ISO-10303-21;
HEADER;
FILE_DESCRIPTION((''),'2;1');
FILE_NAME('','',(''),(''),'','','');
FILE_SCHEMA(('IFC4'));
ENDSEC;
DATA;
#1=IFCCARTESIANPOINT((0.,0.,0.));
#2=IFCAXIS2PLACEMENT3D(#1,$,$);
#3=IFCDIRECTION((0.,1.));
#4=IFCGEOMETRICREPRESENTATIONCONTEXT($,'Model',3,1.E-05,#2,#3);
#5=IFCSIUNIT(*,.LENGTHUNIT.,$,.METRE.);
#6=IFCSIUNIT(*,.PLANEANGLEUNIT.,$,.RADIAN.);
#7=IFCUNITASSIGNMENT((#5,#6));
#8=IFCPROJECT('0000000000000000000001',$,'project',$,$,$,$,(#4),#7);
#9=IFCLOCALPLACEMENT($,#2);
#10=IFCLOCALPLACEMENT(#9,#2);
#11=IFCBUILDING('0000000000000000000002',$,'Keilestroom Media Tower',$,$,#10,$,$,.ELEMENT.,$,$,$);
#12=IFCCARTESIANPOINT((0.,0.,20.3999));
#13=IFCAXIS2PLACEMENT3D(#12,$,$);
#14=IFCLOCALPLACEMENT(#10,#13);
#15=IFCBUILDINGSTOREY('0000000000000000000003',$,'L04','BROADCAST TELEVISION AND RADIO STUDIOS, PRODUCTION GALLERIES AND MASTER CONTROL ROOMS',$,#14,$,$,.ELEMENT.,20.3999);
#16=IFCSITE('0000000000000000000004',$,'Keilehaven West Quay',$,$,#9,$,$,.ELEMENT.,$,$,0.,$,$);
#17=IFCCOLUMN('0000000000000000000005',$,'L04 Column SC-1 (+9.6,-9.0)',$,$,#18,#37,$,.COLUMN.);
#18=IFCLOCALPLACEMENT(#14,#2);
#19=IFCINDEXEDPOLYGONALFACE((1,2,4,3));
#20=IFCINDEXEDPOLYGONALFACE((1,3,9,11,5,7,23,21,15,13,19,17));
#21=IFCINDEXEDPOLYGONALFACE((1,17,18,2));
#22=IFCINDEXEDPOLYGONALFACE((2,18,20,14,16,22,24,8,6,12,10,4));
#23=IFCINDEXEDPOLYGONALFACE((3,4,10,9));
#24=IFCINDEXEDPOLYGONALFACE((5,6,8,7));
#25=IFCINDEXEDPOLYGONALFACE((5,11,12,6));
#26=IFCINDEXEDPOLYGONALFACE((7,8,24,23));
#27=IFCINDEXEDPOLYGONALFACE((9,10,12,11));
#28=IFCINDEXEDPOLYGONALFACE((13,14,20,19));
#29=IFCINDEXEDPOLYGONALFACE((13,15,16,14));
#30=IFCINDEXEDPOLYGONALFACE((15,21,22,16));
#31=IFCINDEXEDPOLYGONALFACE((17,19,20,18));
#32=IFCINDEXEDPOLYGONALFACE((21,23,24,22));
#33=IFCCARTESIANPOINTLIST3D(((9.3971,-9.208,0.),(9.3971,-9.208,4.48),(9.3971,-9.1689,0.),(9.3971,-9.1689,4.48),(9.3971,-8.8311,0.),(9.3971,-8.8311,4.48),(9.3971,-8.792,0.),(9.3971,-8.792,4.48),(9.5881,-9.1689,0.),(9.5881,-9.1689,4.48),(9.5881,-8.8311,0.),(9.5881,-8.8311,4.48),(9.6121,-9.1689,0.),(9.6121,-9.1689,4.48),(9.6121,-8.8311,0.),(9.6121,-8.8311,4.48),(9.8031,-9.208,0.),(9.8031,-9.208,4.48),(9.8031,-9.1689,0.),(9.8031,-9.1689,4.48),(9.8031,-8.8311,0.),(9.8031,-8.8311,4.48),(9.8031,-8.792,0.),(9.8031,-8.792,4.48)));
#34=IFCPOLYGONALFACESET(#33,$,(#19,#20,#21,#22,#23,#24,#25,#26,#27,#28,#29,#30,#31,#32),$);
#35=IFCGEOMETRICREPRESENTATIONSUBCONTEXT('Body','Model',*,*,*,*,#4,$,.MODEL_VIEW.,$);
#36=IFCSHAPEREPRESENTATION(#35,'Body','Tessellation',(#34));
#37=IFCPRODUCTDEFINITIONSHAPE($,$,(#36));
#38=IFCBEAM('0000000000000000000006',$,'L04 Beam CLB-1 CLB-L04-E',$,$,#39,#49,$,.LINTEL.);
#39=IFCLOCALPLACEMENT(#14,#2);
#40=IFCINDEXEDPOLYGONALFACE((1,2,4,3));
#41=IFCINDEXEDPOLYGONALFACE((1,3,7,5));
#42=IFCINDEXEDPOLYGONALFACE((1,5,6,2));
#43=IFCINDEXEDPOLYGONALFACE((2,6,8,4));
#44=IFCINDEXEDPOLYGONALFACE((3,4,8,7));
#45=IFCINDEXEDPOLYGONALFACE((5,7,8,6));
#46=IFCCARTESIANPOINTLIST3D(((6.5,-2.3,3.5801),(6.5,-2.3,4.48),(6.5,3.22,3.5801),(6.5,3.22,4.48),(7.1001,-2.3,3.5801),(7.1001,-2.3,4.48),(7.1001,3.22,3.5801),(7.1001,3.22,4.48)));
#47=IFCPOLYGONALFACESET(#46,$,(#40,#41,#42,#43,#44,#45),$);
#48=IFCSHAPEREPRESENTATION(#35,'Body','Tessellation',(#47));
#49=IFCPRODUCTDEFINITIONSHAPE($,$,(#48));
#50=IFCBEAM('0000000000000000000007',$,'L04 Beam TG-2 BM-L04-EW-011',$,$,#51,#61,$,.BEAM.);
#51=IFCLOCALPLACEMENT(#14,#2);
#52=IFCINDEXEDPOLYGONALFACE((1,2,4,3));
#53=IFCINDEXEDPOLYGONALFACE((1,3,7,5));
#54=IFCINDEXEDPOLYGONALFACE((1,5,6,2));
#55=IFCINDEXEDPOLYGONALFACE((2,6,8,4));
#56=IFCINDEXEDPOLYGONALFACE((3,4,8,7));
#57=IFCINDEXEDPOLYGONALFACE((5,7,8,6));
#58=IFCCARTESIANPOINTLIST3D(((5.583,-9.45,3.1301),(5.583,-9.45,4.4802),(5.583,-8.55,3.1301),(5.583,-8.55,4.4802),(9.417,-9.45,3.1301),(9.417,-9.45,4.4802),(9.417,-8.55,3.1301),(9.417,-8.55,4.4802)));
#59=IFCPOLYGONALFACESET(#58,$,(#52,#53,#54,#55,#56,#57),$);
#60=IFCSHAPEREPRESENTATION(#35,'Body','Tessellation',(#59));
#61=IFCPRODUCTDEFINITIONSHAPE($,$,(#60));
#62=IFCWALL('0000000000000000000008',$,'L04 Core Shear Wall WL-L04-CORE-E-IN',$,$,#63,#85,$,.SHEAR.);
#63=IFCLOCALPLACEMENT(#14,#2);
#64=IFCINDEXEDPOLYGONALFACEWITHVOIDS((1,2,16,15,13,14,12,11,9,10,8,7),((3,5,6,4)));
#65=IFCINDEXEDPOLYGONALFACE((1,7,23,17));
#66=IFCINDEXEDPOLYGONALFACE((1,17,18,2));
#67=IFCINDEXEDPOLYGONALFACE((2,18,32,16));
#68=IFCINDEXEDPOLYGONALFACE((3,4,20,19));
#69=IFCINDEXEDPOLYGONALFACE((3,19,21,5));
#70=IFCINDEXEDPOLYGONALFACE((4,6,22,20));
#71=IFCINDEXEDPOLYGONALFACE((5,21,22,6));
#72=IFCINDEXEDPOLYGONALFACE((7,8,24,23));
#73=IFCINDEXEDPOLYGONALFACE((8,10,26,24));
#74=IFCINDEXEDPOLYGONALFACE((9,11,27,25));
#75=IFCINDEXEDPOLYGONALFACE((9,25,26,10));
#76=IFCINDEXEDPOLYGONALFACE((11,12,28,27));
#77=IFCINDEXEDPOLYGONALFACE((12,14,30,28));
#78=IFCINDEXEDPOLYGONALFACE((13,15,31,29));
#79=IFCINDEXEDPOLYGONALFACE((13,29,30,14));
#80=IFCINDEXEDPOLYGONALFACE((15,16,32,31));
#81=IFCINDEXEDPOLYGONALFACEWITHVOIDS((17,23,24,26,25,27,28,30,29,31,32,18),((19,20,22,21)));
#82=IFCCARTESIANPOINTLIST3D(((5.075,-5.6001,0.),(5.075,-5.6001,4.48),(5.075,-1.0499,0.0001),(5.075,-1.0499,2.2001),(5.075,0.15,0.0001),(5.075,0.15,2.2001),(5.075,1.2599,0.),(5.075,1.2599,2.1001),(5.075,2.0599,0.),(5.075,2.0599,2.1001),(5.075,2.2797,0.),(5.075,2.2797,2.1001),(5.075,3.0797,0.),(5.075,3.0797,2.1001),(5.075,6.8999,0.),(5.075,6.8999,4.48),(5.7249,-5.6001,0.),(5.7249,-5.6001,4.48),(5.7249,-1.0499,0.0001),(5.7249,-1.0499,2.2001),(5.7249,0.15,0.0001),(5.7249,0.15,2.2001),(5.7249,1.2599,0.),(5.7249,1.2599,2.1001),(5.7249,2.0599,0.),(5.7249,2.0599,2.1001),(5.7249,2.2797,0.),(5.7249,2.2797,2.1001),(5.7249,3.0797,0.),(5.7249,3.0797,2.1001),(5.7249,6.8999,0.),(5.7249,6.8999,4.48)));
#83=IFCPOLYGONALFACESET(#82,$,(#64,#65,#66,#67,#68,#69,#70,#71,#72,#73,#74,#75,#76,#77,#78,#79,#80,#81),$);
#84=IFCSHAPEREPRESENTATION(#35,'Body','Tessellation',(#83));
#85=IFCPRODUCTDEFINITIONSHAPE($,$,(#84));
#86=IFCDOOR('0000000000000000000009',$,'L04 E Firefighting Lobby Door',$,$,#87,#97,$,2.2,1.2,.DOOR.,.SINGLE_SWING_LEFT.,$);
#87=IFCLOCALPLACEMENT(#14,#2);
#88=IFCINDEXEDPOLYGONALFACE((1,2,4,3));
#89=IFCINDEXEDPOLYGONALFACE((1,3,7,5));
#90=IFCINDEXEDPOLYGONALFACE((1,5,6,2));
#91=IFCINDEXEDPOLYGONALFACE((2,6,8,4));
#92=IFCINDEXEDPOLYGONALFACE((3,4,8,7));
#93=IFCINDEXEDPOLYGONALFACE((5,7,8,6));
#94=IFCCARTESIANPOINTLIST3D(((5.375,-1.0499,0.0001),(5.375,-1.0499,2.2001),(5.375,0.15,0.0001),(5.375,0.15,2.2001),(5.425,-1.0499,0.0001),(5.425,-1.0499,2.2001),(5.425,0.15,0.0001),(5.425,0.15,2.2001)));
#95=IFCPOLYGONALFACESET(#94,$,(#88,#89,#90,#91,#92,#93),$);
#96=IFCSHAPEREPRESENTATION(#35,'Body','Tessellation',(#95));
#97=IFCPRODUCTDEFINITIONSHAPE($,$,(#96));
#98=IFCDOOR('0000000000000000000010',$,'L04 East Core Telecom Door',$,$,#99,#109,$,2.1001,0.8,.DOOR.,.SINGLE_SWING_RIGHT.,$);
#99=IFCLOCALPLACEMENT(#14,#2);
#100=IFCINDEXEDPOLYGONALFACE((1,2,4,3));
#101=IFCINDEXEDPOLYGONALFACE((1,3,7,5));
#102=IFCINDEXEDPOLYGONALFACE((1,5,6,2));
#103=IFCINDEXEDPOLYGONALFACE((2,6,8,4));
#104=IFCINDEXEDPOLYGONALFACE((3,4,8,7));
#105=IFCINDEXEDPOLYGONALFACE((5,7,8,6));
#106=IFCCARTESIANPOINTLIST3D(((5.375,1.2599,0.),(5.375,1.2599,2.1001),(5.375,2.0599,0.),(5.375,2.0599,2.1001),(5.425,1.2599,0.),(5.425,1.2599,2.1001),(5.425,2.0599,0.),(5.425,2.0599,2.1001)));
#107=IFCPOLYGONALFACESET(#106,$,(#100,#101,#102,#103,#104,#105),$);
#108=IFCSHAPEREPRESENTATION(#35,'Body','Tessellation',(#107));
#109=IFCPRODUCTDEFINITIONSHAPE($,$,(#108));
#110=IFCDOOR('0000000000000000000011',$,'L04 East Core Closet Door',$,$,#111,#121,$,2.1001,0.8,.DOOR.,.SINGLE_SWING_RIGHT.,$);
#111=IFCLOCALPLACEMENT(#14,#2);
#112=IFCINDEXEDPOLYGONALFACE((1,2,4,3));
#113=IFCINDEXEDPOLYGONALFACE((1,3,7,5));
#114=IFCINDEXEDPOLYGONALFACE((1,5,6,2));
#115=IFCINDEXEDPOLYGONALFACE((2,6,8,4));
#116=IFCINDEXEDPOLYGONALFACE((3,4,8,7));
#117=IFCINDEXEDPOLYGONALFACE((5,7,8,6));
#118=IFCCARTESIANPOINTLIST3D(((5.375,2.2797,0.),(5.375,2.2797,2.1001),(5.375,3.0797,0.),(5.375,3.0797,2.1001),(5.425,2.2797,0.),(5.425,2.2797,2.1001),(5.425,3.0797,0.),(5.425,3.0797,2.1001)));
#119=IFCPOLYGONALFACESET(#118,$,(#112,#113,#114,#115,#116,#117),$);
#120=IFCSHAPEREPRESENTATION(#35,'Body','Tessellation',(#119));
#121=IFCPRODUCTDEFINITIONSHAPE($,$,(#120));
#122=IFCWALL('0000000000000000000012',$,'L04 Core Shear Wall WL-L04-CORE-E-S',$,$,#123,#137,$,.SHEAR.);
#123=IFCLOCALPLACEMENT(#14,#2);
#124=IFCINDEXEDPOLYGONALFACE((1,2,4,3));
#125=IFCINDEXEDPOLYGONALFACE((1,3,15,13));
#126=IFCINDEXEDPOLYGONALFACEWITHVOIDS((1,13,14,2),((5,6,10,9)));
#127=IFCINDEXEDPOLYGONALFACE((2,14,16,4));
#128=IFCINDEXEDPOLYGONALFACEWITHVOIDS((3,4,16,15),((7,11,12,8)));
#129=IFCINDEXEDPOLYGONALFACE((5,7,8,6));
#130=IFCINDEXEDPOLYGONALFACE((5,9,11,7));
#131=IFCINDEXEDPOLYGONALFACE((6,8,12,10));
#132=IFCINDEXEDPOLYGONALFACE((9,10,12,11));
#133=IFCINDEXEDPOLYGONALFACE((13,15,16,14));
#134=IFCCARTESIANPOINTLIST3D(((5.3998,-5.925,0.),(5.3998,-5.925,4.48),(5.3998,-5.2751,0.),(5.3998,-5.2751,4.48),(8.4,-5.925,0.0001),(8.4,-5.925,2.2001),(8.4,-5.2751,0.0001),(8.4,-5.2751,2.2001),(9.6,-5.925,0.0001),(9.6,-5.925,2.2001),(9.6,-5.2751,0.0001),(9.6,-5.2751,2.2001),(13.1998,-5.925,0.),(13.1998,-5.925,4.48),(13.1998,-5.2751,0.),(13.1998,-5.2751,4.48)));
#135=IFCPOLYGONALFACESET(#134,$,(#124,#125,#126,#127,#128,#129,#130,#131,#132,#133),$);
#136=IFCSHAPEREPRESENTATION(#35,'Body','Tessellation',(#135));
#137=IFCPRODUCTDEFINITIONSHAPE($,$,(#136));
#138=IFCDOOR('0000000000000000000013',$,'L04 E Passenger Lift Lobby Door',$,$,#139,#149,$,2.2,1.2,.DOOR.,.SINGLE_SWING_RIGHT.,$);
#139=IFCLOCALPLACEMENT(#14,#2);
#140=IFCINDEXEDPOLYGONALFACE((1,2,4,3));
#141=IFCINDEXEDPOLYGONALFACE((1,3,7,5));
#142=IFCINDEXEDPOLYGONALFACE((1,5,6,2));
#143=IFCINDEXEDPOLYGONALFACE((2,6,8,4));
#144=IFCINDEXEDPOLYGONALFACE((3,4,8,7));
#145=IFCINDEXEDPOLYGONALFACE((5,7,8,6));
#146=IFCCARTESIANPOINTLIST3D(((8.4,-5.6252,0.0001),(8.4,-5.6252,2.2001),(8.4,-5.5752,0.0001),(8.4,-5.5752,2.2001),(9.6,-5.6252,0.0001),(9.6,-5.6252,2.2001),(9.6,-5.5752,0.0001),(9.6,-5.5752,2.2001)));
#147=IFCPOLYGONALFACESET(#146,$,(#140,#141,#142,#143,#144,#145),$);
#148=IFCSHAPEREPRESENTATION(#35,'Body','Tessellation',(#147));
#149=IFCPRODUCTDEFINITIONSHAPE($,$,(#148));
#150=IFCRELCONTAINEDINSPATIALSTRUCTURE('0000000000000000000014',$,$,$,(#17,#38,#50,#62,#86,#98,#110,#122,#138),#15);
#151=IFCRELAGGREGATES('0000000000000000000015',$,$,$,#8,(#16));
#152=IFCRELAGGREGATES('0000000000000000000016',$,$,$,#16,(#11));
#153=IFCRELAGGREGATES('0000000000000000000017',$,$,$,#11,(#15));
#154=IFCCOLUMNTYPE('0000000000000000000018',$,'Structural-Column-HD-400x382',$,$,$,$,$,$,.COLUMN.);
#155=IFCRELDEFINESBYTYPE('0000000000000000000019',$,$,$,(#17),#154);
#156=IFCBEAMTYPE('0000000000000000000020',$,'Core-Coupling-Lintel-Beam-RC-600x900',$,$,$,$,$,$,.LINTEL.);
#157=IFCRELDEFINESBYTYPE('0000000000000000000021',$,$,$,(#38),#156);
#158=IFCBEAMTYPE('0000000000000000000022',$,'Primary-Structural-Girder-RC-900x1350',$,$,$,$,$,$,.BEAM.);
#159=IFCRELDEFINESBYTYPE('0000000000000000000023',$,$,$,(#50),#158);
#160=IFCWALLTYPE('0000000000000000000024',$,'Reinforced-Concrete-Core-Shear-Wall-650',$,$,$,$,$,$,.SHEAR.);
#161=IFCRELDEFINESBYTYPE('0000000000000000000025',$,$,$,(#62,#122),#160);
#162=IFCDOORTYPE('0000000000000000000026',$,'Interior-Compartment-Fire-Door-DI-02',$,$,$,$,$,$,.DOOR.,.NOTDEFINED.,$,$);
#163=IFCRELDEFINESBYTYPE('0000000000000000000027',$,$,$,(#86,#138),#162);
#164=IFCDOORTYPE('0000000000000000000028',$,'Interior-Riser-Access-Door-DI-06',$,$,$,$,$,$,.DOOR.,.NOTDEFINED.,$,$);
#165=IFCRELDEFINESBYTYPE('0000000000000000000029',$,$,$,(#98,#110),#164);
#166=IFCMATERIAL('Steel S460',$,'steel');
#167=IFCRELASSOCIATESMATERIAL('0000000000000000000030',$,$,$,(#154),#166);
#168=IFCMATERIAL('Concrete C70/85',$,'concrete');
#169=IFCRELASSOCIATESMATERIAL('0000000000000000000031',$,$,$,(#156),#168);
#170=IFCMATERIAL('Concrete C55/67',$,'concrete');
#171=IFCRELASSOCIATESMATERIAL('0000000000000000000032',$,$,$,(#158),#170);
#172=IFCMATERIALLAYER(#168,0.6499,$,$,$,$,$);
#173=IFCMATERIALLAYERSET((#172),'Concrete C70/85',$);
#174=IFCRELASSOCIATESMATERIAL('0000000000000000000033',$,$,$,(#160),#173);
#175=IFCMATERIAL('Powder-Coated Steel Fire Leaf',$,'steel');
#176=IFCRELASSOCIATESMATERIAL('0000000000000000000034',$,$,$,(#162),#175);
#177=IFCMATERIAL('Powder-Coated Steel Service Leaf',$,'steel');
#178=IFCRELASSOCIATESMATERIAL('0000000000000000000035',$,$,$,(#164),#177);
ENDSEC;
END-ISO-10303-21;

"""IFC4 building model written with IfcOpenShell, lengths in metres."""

from ifc_helpers import new_model, si_unit, direction, frame, frame_2d, origin, origin_2d, place, context, subcontext, project, spatial, rectangle, i_section, extrude, source, transform, mapped, material, layer, layer_set, material_profile, profile_set, type_object, element, fill, save


model = new_model("IFC4")

# Units and contexts
model_context = context("Model", 3, precision=1e-05, world=origin(), true_north=direction((0.0, 1.0)))
body_context = subcontext(model_context, "Body", "Model", "MODEL_VIEW")
ifc_project = project(units=[si_unit("LENGTHUNIT", "METRE"), si_unit("PLANEANGLEUNIT", "RADIAN")], contexts=[model_context])

# Site, building, storey
site_placement = place(None, origin())
site = spatial("IfcSite", under=ifc_project, at=site_placement, Name="Keilehaven West Quay", CompositionType="ELEMENT", RefElevation=0.0)
building_placement = place(site_placement, origin())
building = spatial("IfcBuilding", under=site, at=building_placement, Name="Keilestroom Media Tower", CompositionType="ELEMENT")
storey_placement = place(building_placement, frame((0.0, 0.0, 20.3999)))
storey = spatial("IfcBuildingStorey", under=building, at=storey_placement, Name="L04", Description="BROADCAST TELEVISION AND RADIO STUDIOS, PRODUCTION GALLERIES AND MASTER CONTROL ROOMS", CompositionType="ELEMENT", Elevation=20.3999)

# Column
ifc_material_1 = material(Name="Steel S460", Category="steel")
ifc_material_profile_1 = material_profile(ifc_material_1, i_section(OverallWidth=0.406, OverallDepth=0.416, WebThickness=0.0239, FlangeThickness=0.0391, at=origin_2d()), Name="HD 400x382")
ifc_profile_set_1 = profile_set([ifc_material_profile_1], Name="Steel S460")
column_type = type_object("IfcColumnType", Name="Structural-Column-HD-400x382", PredefinedType="COLUMN", material=ifc_profile_set_1)
shared_shape_1 = source(origin(), body_context, "Body", "SweptSolid", [
    extrude(i_section(OverallWidth=0.406, OverallDepth=0.416, WebThickness=0.0239, FlangeThickness=0.0391, at=origin_2d()), origin(), (0.0, 0.0, 1.0), 4.48),
])
column_placement = place(storey_placement, frame((9.6001, -9.0, 0.0), z_axis=(0.0, 0.0, 1.0), x_axis=(1.0, 0.0, 0.0)))
element("IfcColumn", 1, at=column_placement, inside=storey, type_object=column_type, Name="L04 Column SC-1 (+9.6,-9.0)", PredefinedType="COLUMN", context=body_context, shape_type="MappedRepresentation", body=[
    mapped(shared_shape_1, transform((0.0, 0.0, 0.0), x_axis=(1.0, 0.0, 0.0), y_axis=(0.0, 1.0, 0.0), z_axis=(0.0, 0.0, 1.0), scale=1.0)),
])

# Beams
ifc_material_2 = material(Name="Concrete C70/85", Category="concrete")
ifc_material_profile_2 = material_profile(ifc_material_2, rectangle(XDim=0.6001, YDim=0.8999, at=origin_2d()), Name="RC 600x900")
ifc_profile_set_2 = profile_set([ifc_material_profile_2], Name="Concrete C70/85")
beam_type_1 = type_object("IfcBeamType", Name="Core-Coupling-Lintel-Beam-RC-600x900", PredefinedType="LINTEL", material=ifc_profile_set_2)
shared_shape_2 = source(origin(), body_context, "Body", "SweptSolid", [
    extrude(rectangle(XDim=0.6001, YDim=0.8999, at=origin_2d()), origin(), (0.0, 0.0, 1.0), 5.52),
])
beam_1_placement = place(storey_placement, frame((6.8, -2.3, 4.03), z_axis=(0.0, 1.0, 0.0), x_axis=(-1.0, 0.0, 0.0)))
element("IfcBeam", 2, at=beam_1_placement, inside=storey, type_object=beam_type_1, Name="L04 Beam CLB-1 CLB-L04-E", PredefinedType="LINTEL", context=body_context, shape_type="MappedRepresentation", body=[
    mapped(shared_shape_2, transform((0.0, 0.0, 0.0), x_axis=(1.0, 0.0, 0.0), y_axis=(0.0, 1.0, 0.0), z_axis=(0.0, 0.0, 1.0), scale=1.0)),
])
ifc_material_3 = material(Name="Concrete C55/67", Category="concrete")
ifc_material_profile_3 = material_profile(ifc_material_3, rectangle(XDim=0.8999, YDim=1.3501, at=origin_2d()), Name="RC 900x1350")
ifc_profile_set_3 = profile_set([ifc_material_profile_3], Name="Concrete C55/67")
beam_type_2 = type_object("IfcBeamType", Name="Primary-Structural-Girder-RC-900x1350", PredefinedType="BEAM", material=ifc_profile_set_3)
shared_shape_3 = source(origin(), body_context, "Body", "SweptSolid", [
    extrude(rectangle(XDim=0.8999, YDim=1.3501, at=origin_2d()), origin(), (0.0, 0.0, 1.0), 3.834),
])
beam_2_placement = place(storey_placement, frame((5.583, -9.0, 3.8052), z_axis=(1.0, 0.0, 0.0), x_axis=(0.0, 1.0, 0.0)))
element("IfcBeam", 3, at=beam_2_placement, inside=storey, type_object=beam_type_2, Name="L04 Beam TG-2 BM-L04-EW-011", PredefinedType="BEAM", context=body_context, shape_type="MappedRepresentation", body=[
    mapped(shared_shape_3, transform((0.0, 0.0, 0.0), x_axis=(1.0, 0.0, 0.0), y_axis=(0.0, 1.0, 0.0), z_axis=(0.0, 0.0, 1.0), scale=1.0)),
])

# Wall, openings, doors
ifc_layer_1 = layer(ifc_material_2, 0.6499)
ifc_layer_set_1 = layer_set([ifc_layer_1], Name="Concrete C70/85")
wall_type_1 = type_object("IfcWallType", Name="Reinforced-Concrete-Core-Shear-Wall-650", PredefinedType="SHEAR", material=ifc_layer_set_1)
wall_1_placement = place(storey_placement, frame((5.3999, -5.6001, 0.0), z_axis=(0.0, 0.0, 1.0), x_axis=(0.0, 1.0, 0.0)))
wall_1 = element("IfcWall", 4, at=wall_1_placement, inside=storey, type_object=wall_type_1, Name="L04 Core Shear Wall WL-L04-CORE-E-IN", PredefinedType="SHEAR", context=body_context, shape_type="SweptSolid", body=[
    extrude(rectangle(XDim=12.5, YDim=0.6499, at=frame_2d((6.25, 0.0))), origin(), (0.0, 0.0, 1.0), 4.48),
])
opening_1_placement = place(wall_1_placement, frame((4.55, 0.0, 0.0)))
opening_1 = element("IfcOpeningElement", 5, at=opening_1_placement, cuts=wall_1, PredefinedType="OPENING", context=body_context, shape_type="SweptSolid", body=[
    extrude(rectangle(XDim=1.2, YDim=2.2, at=frame_2d((0.6001, 1.1001))), frame((0.0, 0.335, 0.0), z_axis=(0.0, -1.0, 0.0), x_axis=(1.0, 0.0, 0.0)), (0.0, 0.0, 1.0), 0.6699),
])
opening_2_placement = place(wall_1_placement, frame((6.8601, 0.0, 0.0)))
opening_2 = element("IfcOpeningElement", 6, at=opening_2_placement, cuts=wall_1, PredefinedType="OPENING", context=body_context, shape_type="SweptSolid", body=[
    extrude(rectangle(XDim=0.8, YDim=2.1001, at=frame_2d((0.3999, 1.05))), frame((0.0, 0.335, 0.0), z_axis=(0.0, -1.0, 0.0), x_axis=(1.0, 0.0, 0.0)), (0.0, 0.0, 1.0), 0.6699),
])
opening_3_placement = place(wall_1_placement, frame((7.8799, 0.0, 0.0)))
opening_3 = element("IfcOpeningElement", 7, at=opening_3_placement, cuts=wall_1, PredefinedType="OPENING", context=body_context, shape_type="SweptSolid", body=[
    extrude(rectangle(XDim=0.8, YDim=2.1001, at=frame_2d((0.3999, 1.05))), frame((0.0, 0.335, 0.0), z_axis=(0.0, -1.0, 0.0), x_axis=(1.0, 0.0, 0.0)), (0.0, 0.0, 1.0), 0.6699),
])
ifc_material_4 = material(Name="Powder-Coated Steel Fire Leaf", Category="steel")
door_type_1 = type_object("IfcDoorType", Name="Interior-Compartment-Fire-Door-DI-02", OperationType="NOTDEFINED", PredefinedType="DOOR", material=ifc_material_4)
shared_shape_4 = source(origin(), body_context, "Body", "SweptSolid", [
    extrude(rectangle(XDim=1.2, YDim=2.2, at=frame_2d((0.6001, 1.1001))), frame((0.0, 0.0249, 0.0), z_axis=(0.0, -1.0, 0.0), x_axis=(1.0, 0.0, 0.0)), (0.0, 0.0, 1.0), 0.05),
])
door_1_placement = place(opening_1_placement, origin())
door_1 = element("IfcDoor", 8, at=door_1_placement, inside=storey, type_object=door_type_1, Name="L04 E Firefighting Lobby Door", OperationType="SINGLE_SWING_LEFT", OverallHeight=2.2, OverallWidth=1.2, PredefinedType="DOOR", context=body_context, shape_type="MappedRepresentation", body=[
    mapped(shared_shape_4, transform((0.0, 0.0, 0.0), x_axis=(1.0, 0.0, 0.0), y_axis=(0.0, 1.0, 0.0), z_axis=(0.0, 0.0, 1.0), scale=1.0)),
])
fill(opening_1, door_1)
ifc_material_5 = material(Name="Powder-Coated Steel Service Leaf", Category="steel")
door_type_2 = type_object("IfcDoorType", Name="Interior-Riser-Access-Door-DI-06", OperationType="NOTDEFINED", PredefinedType="DOOR", material=ifc_material_5)
shared_shape_5 = source(origin(), body_context, "Body", "SweptSolid", [
    extrude(rectangle(XDim=0.8, YDim=2.1001, at=frame_2d((0.3999, 1.05))), frame((0.0, 0.0249, 0.0), z_axis=(0.0, -1.0, 0.0), x_axis=(1.0, 0.0, 0.0)), (0.0, 0.0, 1.0), 0.05),
])
door_2_placement = place(opening_2_placement, origin())
door_2 = element("IfcDoor", 9, at=door_2_placement, inside=storey, type_object=door_type_2, Name="L04 East Core Telecom Door", OperationType="SINGLE_SWING_RIGHT", OverallHeight=2.1001, OverallWidth=0.8, PredefinedType="DOOR", context=body_context, shape_type="MappedRepresentation", body=[
    mapped(shared_shape_5, transform((0.0, 0.0, 0.0), x_axis=(1.0, 0.0, 0.0), y_axis=(0.0, 1.0, 0.0), z_axis=(0.0, 0.0, 1.0), scale=1.0)),
])
fill(opening_2, door_2)
door_3_placement = place(opening_3_placement, origin())
door_3 = element("IfcDoor", 10, at=door_3_placement, inside=storey, type_object=door_type_2, Name="L04 East Core Closet Door", OperationType="SINGLE_SWING_RIGHT", OverallHeight=2.1001, OverallWidth=0.8, PredefinedType="DOOR", context=body_context, shape_type="MappedRepresentation", body=[
    mapped(shared_shape_5, transform((0.0, 0.0, 0.0), x_axis=(1.0, 0.0, 0.0), y_axis=(0.0, 1.0, 0.0), z_axis=(0.0, 0.0, 1.0), scale=1.0)),
])
fill(opening_3, door_3)

# Wall, opening, door
wall_2_placement = place(storey_placement, frame((5.3999, -5.6001, 0.0), z_axis=(0.0, 0.0, 1.0), x_axis=(1.0, 0.0, 0.0)))
wall_2 = element("IfcWall", 11, at=wall_2_placement, inside=storey, type_object=wall_type_1, Name="L04 Core Shear Wall WL-L04-CORE-E-S", PredefinedType="SHEAR", context=body_context, shape_type="SweptSolid", body=[
    extrude(rectangle(XDim=7.8, YDim=0.6499, at=frame_2d((3.8999, 0.0))), origin(), (0.0, 0.0, 1.0), 4.48),
])
opening_4_placement = place(wall_2_placement, frame((3.0, 0.0, 0.0)))
opening_4 = element("IfcOpeningElement", 12, at=opening_4_placement, cuts=wall_2, PredefinedType="OPENING", context=body_context, shape_type="SweptSolid", body=[
    extrude(rectangle(XDim=1.2, YDim=2.2, at=frame_2d((0.6001, 1.1001))), frame((0.0, 0.335, 0.0), z_axis=(0.0, -1.0, 0.0), x_axis=(1.0, 0.0, 0.0)), (0.0, 0.0, 1.0), 0.6699),
])
door_4_placement = place(opening_4_placement, origin())
door_4 = element("IfcDoor", 13, at=door_4_placement, inside=storey, type_object=door_type_1, Name="L04 E Passenger Lift Lobby Door", OperationType="SINGLE_SWING_RIGHT", OverallHeight=2.2, OverallWidth=1.2, PredefinedType="DOOR", context=body_context, shape_type="MappedRepresentation", body=[
    mapped(shared_shape_4, transform((0.0, 0.0, 0.0), x_axis=(1.0, 0.0, 0.0), y_axis=(0.0, 1.0, 0.0), z_axis=(0.0, 0.0, 1.0), scale=1.0)),
])
fill(opening_4, door_4)

save(model, "model.ifc")
